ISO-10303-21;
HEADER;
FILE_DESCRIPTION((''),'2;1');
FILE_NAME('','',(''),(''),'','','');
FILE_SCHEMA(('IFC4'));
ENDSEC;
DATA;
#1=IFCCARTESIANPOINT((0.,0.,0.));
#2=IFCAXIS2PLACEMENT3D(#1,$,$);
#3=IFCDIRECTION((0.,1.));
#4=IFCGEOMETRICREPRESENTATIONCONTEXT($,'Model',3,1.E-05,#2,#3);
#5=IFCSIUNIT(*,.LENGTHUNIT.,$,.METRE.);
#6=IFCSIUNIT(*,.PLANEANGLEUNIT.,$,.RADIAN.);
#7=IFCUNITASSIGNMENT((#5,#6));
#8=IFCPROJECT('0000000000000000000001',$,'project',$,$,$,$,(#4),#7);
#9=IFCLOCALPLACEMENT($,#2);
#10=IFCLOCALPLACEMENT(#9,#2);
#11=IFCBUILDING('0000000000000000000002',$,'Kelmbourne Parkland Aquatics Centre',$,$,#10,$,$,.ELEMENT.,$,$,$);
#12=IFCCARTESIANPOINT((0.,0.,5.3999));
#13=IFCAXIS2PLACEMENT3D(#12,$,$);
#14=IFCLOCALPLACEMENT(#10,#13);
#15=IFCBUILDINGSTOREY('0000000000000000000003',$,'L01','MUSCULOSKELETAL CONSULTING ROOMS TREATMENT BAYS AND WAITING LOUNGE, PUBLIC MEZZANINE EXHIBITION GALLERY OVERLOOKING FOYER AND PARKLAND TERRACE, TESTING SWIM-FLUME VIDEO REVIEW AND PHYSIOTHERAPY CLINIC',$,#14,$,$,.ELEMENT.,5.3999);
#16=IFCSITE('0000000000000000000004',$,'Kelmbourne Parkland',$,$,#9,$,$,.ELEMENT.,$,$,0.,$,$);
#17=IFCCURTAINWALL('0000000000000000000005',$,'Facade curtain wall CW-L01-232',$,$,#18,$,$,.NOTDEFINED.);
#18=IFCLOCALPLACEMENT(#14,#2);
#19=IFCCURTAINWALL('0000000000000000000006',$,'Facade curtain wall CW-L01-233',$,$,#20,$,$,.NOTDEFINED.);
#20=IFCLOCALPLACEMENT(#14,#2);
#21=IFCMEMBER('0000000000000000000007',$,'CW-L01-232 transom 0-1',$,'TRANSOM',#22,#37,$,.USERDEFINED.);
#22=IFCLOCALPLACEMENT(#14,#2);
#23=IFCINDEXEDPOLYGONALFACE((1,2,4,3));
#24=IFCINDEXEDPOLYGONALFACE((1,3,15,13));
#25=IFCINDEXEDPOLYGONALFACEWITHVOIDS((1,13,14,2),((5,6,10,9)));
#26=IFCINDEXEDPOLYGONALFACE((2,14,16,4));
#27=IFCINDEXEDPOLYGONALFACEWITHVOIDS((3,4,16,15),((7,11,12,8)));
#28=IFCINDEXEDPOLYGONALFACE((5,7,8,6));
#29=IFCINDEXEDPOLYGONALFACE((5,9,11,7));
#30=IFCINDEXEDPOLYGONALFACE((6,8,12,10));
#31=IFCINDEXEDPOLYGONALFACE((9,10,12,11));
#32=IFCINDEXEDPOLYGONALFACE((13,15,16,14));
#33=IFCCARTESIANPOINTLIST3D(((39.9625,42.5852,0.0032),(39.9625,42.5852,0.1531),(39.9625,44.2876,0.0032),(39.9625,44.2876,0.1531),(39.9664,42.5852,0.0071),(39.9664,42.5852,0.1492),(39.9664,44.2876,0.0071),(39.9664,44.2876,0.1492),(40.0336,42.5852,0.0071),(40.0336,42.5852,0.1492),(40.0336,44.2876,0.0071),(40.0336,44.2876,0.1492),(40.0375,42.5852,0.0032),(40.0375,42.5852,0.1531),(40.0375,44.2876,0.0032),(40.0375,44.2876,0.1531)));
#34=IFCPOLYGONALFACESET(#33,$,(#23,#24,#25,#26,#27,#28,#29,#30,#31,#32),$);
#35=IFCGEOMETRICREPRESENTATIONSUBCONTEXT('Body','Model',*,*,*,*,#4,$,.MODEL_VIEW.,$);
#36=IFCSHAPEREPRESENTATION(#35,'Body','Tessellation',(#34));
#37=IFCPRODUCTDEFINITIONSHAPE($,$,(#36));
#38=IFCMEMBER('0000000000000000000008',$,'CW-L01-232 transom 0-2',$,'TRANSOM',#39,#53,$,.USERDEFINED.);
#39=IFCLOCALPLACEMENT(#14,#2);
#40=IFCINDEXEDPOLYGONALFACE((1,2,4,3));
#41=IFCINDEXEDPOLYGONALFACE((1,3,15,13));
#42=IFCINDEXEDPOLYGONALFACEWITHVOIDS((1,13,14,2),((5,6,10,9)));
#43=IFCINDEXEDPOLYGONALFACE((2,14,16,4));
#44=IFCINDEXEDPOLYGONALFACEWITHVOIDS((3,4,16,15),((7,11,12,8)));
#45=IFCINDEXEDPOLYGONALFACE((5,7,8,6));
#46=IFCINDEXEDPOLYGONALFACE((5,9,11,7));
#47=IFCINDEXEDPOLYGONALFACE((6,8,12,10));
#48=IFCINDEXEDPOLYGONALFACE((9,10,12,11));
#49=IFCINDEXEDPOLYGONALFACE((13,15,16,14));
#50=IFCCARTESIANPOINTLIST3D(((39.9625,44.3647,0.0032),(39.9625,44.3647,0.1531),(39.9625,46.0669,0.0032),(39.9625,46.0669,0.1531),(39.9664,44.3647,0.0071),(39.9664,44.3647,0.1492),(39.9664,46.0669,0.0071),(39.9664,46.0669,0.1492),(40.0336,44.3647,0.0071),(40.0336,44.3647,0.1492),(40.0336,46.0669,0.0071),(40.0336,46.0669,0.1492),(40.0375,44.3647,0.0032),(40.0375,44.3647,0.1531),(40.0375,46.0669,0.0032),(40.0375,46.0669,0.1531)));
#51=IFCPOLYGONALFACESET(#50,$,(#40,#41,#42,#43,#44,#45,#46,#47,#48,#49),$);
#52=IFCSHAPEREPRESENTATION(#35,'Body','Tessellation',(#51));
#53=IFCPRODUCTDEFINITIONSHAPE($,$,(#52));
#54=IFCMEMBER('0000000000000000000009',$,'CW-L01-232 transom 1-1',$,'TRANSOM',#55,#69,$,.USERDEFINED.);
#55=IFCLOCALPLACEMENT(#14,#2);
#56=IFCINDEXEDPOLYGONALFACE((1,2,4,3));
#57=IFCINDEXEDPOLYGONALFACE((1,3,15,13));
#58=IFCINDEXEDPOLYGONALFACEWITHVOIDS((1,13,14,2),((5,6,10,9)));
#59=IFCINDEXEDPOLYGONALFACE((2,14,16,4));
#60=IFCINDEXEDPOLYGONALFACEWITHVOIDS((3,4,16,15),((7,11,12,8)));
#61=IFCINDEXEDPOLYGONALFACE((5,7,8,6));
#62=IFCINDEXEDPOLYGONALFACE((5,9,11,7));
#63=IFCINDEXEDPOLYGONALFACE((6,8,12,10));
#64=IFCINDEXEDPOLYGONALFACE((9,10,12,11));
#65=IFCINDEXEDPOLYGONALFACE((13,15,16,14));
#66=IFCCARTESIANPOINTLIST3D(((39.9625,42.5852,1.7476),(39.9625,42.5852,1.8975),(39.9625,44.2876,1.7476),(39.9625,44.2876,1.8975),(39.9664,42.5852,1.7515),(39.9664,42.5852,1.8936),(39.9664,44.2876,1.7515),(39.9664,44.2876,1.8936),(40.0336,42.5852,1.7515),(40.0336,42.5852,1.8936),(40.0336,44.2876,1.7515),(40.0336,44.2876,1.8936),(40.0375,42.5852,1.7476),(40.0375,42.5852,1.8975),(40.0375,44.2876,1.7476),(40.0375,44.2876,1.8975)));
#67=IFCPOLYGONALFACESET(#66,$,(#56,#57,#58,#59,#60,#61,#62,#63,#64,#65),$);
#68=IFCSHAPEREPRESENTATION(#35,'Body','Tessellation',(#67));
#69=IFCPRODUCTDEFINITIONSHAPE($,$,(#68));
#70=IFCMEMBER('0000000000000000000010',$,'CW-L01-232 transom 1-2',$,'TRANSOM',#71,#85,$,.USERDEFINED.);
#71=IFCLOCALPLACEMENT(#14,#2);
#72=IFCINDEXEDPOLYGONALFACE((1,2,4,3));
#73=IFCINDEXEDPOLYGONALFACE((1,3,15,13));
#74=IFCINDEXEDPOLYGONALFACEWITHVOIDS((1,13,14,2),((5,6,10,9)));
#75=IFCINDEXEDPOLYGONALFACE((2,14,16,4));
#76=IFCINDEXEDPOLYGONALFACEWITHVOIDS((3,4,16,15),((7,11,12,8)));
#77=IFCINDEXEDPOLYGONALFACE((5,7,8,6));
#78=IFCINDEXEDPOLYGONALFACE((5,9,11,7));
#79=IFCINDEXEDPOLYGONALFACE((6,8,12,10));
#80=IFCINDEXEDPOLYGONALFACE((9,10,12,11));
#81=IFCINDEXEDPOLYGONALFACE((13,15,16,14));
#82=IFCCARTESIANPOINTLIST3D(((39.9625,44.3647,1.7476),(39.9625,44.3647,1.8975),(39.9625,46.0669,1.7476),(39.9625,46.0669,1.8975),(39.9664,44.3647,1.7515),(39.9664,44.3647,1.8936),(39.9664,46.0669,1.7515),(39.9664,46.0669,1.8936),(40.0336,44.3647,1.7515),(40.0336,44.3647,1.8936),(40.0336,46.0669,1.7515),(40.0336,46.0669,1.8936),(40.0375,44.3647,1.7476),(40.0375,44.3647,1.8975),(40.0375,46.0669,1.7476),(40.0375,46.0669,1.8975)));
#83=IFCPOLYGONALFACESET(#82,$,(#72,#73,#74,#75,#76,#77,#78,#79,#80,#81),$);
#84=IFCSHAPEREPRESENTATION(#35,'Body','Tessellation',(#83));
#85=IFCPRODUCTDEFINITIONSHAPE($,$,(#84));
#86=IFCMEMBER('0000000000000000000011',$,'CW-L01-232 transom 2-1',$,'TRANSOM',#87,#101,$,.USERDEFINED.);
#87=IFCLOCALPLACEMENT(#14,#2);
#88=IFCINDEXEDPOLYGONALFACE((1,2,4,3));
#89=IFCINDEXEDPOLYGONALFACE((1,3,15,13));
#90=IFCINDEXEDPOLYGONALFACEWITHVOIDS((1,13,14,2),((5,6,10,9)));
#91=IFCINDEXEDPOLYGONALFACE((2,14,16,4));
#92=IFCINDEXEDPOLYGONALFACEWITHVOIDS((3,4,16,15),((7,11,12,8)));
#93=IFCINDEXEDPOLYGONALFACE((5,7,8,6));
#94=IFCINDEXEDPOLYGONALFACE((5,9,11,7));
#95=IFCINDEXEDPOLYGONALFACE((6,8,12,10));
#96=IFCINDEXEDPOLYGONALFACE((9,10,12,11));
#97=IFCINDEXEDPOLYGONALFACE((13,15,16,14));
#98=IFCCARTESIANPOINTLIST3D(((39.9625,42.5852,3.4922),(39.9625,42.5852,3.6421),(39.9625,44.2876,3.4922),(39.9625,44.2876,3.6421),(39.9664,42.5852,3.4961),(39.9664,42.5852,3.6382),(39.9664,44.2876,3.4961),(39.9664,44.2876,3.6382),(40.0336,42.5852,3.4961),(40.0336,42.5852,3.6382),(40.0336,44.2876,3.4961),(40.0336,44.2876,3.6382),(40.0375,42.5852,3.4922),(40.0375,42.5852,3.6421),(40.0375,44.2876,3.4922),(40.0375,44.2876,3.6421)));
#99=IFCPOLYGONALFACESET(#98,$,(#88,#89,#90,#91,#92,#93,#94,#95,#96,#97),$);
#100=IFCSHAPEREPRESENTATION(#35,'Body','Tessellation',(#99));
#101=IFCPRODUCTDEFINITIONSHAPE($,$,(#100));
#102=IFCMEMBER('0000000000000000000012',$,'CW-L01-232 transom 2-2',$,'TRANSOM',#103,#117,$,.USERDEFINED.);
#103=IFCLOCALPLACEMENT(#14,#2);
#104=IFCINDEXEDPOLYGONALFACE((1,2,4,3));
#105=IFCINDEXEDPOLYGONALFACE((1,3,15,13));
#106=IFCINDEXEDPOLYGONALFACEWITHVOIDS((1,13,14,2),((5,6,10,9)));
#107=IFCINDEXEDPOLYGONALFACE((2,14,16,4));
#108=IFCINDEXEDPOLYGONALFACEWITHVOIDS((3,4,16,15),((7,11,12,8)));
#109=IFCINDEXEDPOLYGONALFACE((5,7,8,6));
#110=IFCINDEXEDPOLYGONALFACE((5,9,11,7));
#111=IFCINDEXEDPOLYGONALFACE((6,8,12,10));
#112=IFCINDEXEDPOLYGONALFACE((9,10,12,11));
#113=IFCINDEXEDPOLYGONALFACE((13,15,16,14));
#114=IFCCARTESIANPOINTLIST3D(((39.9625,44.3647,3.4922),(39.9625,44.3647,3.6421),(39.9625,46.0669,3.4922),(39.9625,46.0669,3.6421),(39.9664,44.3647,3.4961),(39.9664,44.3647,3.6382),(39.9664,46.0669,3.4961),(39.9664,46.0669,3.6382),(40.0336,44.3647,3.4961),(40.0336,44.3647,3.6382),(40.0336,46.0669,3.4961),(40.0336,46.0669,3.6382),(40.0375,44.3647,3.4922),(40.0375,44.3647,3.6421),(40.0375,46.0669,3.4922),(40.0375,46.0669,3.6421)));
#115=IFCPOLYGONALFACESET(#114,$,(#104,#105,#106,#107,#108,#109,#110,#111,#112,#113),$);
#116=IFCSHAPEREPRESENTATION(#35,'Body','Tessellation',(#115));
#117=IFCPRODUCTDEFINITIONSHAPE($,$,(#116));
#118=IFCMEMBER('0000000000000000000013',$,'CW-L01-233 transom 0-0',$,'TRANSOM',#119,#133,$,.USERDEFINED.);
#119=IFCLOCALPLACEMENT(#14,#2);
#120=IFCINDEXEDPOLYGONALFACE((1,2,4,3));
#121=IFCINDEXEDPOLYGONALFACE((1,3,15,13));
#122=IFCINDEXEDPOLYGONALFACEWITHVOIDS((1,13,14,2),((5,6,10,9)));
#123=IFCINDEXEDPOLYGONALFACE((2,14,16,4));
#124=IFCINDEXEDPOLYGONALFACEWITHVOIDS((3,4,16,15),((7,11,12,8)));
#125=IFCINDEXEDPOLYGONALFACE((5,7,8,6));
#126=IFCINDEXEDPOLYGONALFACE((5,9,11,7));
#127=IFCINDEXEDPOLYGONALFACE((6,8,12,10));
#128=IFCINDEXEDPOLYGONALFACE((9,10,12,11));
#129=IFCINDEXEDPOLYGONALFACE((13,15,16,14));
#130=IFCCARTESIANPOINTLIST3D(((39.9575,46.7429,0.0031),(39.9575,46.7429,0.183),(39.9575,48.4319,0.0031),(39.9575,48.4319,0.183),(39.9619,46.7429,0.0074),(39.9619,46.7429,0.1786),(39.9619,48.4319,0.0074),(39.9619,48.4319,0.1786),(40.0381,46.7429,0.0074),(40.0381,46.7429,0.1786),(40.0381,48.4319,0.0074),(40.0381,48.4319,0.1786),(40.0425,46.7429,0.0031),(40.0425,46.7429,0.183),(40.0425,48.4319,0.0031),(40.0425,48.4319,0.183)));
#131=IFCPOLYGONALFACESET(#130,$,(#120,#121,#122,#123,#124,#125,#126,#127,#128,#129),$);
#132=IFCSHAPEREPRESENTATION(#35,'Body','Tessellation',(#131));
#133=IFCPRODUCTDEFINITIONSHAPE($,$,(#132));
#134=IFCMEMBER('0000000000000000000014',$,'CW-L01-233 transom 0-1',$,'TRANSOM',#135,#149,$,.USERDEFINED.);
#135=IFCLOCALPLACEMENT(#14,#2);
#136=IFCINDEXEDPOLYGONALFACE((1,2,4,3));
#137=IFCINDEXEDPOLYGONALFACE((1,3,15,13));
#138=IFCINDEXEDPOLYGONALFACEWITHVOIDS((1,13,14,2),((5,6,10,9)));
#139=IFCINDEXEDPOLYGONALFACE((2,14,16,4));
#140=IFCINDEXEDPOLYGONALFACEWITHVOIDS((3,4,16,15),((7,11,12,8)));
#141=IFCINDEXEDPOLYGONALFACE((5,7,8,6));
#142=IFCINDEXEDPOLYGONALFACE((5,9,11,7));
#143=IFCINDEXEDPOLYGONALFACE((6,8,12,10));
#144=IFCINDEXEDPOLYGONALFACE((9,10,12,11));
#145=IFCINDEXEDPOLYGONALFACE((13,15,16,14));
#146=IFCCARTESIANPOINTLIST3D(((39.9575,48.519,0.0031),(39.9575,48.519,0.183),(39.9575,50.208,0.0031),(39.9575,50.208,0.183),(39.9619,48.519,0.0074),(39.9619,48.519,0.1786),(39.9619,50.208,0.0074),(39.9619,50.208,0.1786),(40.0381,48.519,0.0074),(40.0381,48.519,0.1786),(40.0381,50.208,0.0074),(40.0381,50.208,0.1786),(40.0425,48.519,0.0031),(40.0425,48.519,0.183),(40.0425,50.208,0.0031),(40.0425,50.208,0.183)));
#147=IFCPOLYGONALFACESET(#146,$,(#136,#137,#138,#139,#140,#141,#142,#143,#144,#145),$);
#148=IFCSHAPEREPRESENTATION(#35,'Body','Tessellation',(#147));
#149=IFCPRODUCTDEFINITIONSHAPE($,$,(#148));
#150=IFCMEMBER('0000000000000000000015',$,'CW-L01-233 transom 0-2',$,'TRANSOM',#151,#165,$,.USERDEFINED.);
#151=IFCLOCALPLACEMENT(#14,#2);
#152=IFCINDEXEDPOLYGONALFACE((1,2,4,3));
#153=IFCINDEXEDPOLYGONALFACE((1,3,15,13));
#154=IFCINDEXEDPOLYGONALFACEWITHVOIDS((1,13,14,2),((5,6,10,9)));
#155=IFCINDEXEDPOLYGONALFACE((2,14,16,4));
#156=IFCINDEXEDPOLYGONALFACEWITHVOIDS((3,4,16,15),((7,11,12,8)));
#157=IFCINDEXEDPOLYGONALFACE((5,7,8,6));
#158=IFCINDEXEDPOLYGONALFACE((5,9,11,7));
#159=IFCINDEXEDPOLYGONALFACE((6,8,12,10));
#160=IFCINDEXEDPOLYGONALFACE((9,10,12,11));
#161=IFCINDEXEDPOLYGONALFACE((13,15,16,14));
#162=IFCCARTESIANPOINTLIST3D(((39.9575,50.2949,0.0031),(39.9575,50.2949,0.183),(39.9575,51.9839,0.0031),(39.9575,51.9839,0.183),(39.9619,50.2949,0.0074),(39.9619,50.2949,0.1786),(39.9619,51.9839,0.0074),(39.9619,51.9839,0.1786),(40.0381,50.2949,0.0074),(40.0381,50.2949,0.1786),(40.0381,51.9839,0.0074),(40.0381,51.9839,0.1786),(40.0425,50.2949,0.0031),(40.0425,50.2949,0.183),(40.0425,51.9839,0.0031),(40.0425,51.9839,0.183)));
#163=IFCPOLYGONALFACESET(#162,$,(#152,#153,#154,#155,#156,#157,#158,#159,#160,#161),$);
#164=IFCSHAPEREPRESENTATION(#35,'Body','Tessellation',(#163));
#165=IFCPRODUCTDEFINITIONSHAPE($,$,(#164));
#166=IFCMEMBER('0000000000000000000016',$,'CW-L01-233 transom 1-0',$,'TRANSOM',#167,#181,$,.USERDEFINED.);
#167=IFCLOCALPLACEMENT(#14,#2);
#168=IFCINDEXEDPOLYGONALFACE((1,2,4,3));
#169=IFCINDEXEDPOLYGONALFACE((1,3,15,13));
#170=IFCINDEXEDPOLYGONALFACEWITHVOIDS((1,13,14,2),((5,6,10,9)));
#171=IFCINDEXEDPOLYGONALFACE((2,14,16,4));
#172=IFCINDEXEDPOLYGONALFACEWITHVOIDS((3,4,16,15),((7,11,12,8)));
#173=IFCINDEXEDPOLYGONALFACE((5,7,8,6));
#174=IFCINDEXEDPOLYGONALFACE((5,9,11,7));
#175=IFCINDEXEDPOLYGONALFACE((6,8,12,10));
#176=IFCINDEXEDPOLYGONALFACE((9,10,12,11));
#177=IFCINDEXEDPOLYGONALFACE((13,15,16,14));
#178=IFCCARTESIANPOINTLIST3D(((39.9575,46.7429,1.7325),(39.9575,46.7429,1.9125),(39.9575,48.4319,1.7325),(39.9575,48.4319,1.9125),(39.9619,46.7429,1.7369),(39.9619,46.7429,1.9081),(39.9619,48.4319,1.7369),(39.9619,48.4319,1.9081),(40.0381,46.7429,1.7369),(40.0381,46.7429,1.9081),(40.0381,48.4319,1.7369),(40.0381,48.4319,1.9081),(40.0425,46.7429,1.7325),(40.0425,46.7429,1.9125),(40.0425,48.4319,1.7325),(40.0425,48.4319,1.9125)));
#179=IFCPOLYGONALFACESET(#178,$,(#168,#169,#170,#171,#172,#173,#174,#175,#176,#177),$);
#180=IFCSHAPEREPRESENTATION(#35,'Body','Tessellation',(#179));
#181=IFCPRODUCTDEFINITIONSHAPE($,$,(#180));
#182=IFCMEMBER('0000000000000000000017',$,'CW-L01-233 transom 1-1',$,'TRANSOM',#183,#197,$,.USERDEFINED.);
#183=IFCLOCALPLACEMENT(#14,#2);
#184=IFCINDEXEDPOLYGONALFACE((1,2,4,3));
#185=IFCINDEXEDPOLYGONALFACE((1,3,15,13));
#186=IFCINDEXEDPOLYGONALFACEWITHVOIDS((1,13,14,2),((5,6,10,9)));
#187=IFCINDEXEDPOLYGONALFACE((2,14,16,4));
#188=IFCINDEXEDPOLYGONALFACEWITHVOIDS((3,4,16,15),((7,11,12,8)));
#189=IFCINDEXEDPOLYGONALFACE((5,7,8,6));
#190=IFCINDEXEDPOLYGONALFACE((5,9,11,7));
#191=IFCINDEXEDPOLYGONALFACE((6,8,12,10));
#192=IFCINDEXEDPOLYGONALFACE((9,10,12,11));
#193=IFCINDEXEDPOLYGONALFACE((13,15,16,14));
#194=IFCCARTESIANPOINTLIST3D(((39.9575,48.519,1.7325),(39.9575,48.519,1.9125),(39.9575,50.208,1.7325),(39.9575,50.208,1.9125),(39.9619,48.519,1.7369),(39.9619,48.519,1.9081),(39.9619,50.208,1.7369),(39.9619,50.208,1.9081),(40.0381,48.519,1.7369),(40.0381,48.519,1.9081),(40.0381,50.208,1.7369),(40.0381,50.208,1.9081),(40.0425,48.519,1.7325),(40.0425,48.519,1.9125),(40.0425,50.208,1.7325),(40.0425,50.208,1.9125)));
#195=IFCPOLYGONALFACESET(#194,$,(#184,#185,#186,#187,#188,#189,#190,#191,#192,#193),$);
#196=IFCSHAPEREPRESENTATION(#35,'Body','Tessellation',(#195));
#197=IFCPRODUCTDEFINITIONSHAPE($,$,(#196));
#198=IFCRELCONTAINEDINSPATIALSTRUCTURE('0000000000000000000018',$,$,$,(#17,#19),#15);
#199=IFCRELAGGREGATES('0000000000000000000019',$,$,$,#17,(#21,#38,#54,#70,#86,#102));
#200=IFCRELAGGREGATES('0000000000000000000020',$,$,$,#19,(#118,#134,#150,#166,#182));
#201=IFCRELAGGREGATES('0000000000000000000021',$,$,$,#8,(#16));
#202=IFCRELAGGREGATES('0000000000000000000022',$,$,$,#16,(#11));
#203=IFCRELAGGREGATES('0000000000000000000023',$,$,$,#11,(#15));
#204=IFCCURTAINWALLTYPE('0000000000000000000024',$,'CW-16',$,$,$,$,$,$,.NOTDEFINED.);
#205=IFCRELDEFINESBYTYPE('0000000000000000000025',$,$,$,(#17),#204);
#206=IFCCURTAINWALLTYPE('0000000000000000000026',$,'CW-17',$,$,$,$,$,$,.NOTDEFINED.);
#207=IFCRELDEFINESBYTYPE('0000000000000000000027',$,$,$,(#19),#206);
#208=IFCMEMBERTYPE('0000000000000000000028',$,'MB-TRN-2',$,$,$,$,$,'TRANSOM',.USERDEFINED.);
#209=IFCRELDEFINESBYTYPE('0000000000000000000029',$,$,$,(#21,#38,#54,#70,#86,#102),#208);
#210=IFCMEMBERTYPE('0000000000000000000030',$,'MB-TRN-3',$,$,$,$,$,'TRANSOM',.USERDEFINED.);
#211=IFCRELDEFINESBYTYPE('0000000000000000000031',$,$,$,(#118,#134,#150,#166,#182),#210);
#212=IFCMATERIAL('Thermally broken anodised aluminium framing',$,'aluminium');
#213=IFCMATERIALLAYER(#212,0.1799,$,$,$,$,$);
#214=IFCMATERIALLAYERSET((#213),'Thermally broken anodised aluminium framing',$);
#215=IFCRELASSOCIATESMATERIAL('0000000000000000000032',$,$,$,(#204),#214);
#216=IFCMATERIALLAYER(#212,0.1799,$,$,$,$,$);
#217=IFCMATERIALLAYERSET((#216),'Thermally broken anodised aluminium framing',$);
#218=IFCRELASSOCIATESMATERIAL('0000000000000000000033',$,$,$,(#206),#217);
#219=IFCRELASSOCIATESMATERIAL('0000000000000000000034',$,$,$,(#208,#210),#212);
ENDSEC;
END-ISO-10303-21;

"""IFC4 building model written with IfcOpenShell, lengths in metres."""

from ifc_helpers import new_model, si_unit, direction, frame, origin, origin_2d, place, context, subcontext, project, spatial, hollow_rectangle, extrude, material, layer, layer_set, material_profile, profile_set, type_object, element, aggregate, save


model = new_model("IFC4")

# Units and contexts
model_context = context("Model", 3, precision=1e-05, world=origin(), true_north=direction((0.0, 1.0)))
body_context = subcontext(model_context, "Body", "Model", "MODEL_VIEW")
ifc_project = project(units=[si_unit("LENGTHUNIT", "METRE"), si_unit("PLANEANGLEUNIT", "RADIAN")], contexts=[model_context])

# Site, building, storey
site_placement = place(None, origin())
site = spatial("IfcSite", under=ifc_project, at=site_placement, Name="Kelmbourne Parkland", CompositionType="ELEMENT", RefElevation=0.0)
building_placement = place(site_placement, origin())
building = spatial("IfcBuilding", under=site, at=building_placement, Name="Kelmbourne Parkland Aquatics Centre", CompositionType="ELEMENT")
storey_placement = place(building_placement, frame((0.0, 0.0, 5.3999)))
storey = spatial("IfcBuildingStorey", under=building, at=storey_placement, Name="L01", Description="MUSCULOSKELETAL CONSULTING ROOMS TREATMENT BAYS AND WAITING LOUNGE, PUBLIC MEZZANINE EXHIBITION GALLERY OVERLOOKING FOYER AND PARKLAND TERRACE, TESTING SWIM-FLUME VIDEO REVIEW AND PHYSIOTHERAPY CLINIC", CompositionType="ELEMENT", Elevation=5.3999)

# Curtain walls
ifc_material_1 = material(Name="Thermally broken anodised aluminium framing", Category="aluminium")
ifc_layer_1 = layer(ifc_material_1, 0.1799)
ifc_layer_set_1 = layer_set([ifc_layer_1], Name="Thermally broken anodised aluminium framing")
curtain_wall_type_1 = type_object("IfcCurtainWallType", Name="CW-16", PredefinedType="NOTDEFINED", material=ifc_layer_set_1)
curtain_wall_1_placement = place(storey_placement, origin())
curtain_wall_1 = element("IfcCurtainWall", 1, at=curtain_wall_1_placement, inside=storey, type_object=curtain_wall_type_1, Name="Facade curtain wall CW-L01-232", PredefinedType="NOTDEFINED")
ifc_layer_2 = layer(ifc_material_1, 0.1799)
ifc_layer_set_2 = layer_set([ifc_layer_2], Name="Thermally broken anodised aluminium framing")
curtain_wall_type_2 = type_object("IfcCurtainWallType", Name="CW-17", PredefinedType="NOTDEFINED", material=ifc_layer_set_2)
curtain_wall_2_placement = place(storey_placement, origin())
curtain_wall_2 = element("IfcCurtainWall", 2, at=curtain_wall_2_placement, inside=storey, type_object=curtain_wall_type_2, Name="Facade curtain wall CW-L01-233", PredefinedType="NOTDEFINED")

# Members
ifc_material_profile_1 = material_profile(ifc_material_1, hollow_rectangle(XDim=0.075, YDim=0.1499, WallThickness=0.0039, at=origin_2d()), Name="CW-T 75x150")
ifc_profile_set_1 = profile_set([ifc_material_profile_1], Name="Thermally broken anodised aluminium framing")
member_type_1 = type_object("IfcMemberType", Name="MB-TRN-2", ElementType="TRANSOM", PredefinedType="USERDEFINED", material=ifc_profile_set_1)
member_1_placement = place(storey_placement, frame((40.0, 42.5852, 0.0781), z_axis=(0.0, 1.0, 0.0), x_axis=(-1.0, 0.0, 0.0)))
member_1 = element("IfcMember", 3, at=member_1_placement, type_object=member_type_1, Name="CW-L01-232 transom 0-1", ObjectType="TRANSOM", PredefinedType="USERDEFINED", context=body_context, shape_type="SweptSolid", body=[
    extrude(hollow_rectangle(XDim=0.075, YDim=0.1499, WallThickness=0.0039, at=origin_2d()), origin(), (0.0, 0.0, 1.0), 1.7024),
])
member_2_placement = place(storey_placement, frame((40.0, 44.3647, 0.0781), z_axis=(0.0, 1.0, 0.0), x_axis=(-1.0, 0.0, 0.0)))
member_2 = element("IfcMember", 4, at=member_2_placement, type_object=member_type_1, Name="CW-L01-232 transom 0-2", ObjectType="TRANSOM", PredefinedType="USERDEFINED", context=body_context, shape_type="SweptSolid", body=[
    extrude(hollow_rectangle(XDim=0.075, YDim=0.1499, WallThickness=0.0039, at=origin_2d()), origin(), (0.0, 0.0, 1.0), 1.7021),
])
member_3_placement = place(storey_placement, frame((40.0, 42.5852, 1.8225), z_axis=(0.0, 1.0, 0.0), x_axis=(-1.0, 0.0, 0.0)))
member_3 = element("IfcMember", 5, at=member_3_placement, type_object=member_type_1, Name="CW-L01-232 transom 1-1", ObjectType="TRANSOM", PredefinedType="USERDEFINED", context=body_context, shape_type="SweptSolid", body=[
    extrude(hollow_rectangle(XDim=0.075, YDim=0.1499, WallThickness=0.0039, at=origin_2d()), origin(), (0.0, 0.0, 1.0), 1.7024),
])
member_4_placement = place(storey_placement, frame((40.0, 44.3647, 1.8225), z_axis=(0.0, 1.0, 0.0), x_axis=(-1.0, 0.0, 0.0)))
member_4 = element("IfcMember", 6, at=member_4_placement, type_object=member_type_1, Name="CW-L01-232 transom 1-2", ObjectType="TRANSOM", PredefinedType="USERDEFINED", context=body_context, shape_type="SweptSolid", body=[
    extrude(hollow_rectangle(XDim=0.075, YDim=0.1499, WallThickness=0.0039, at=origin_2d()), origin(), (0.0, 0.0, 1.0), 1.7021),
])
member_5_placement = place(storey_placement, frame((40.0, 42.5852, 3.5671), z_axis=(0.0, 1.0, 0.0), x_axis=(-1.0, 0.0, 0.0)))
member_5 = element("IfcMember", 7, at=member_5_placement, type_object=member_type_1, Name="CW-L01-232 transom 2-1", ObjectType="TRANSOM", PredefinedType="USERDEFINED", context=body_context, shape_type="SweptSolid", body=[
    extrude(hollow_rectangle(XDim=0.075, YDim=0.1499, WallThickness=0.0039, at=origin_2d()), origin(), (0.0, 0.0, 1.0), 1.7024),
])
member_6_placement = place(storey_placement, frame((40.0, 44.3647, 3.5671), z_axis=(0.0, 1.0, 0.0), x_axis=(-1.0, 0.0, 0.0)))
member_6 = element("IfcMember", 8, at=member_6_placement, type_object=member_type_1, Name="CW-L01-232 transom 2-2", ObjectType="TRANSOM", PredefinedType="USERDEFINED", context=body_context, shape_type="SweptSolid", body=[
    extrude(hollow_rectangle(XDim=0.075, YDim=0.1499, WallThickness=0.0039, at=origin_2d()), origin(), (0.0, 0.0, 1.0), 1.7021),
])
ifc_material_profile_2 = material_profile(ifc_material_1, hollow_rectangle(XDim=0.085, YDim=0.1799, WallThickness=0.0044, at=origin_2d()), Name="CW-T 85x180")
ifc_profile_set_2 = profile_set([ifc_material_profile_2], Name="Thermally broken anodised aluminium framing")
member_type_2 = type_object("IfcMemberType", Name="MB-TRN-3", ElementType="TRANSOM", PredefinedType="USERDEFINED", material=ifc_profile_set_2)
member_7_placement = place(storey_placement, frame((40.0, 46.7429, 0.093), z_axis=(0.0, 1.0, 0.0), x_axis=(-1.0, 0.0, 0.0)))
member_7 = element("IfcMember", 9, at=member_7_placement, type_object=member_type_2, Name="CW-L01-233 transom 0-0", ObjectType="TRANSOM", PredefinedType="USERDEFINED", context=body_context, shape_type="SweptSolid", body=[
    extrude(hollow_rectangle(XDim=0.085, YDim=0.1799, WallThickness=0.0044, at=origin_2d()), origin(), (0.0, 0.0, 1.0), 1.689),
])
member_8_placement = place(storey_placement, frame((40.0, 48.519, 0.093), z_axis=(0.0, 1.0, 0.0), x_axis=(-1.0, 0.0, 0.0)))
member_8 = element("IfcMember", 10, at=member_8_placement, type_object=member_type_2, Name="CW-L01-233 transom 0-1", ObjectType="TRANSOM", PredefinedType="USERDEFINED", context=body_context, shape_type="SweptSolid", body=[
    extrude(hollow_rectangle(XDim=0.085, YDim=0.1799, WallThickness=0.0044, at=origin_2d()), origin(), (0.0, 0.0, 1.0), 1.689),
])
member_9_placement = place(storey_placement, frame((40.0, 50.2949, 0.093), z_axis=(0.0, 1.0, 0.0), x_axis=(-1.0, 0.0, 0.0)))
member_9 = element("IfcMember", 11, at=member_9_placement, type_object=member_type_2, Name="CW-L01-233 transom 0-2", ObjectType="TRANSOM", PredefinedType="USERDEFINED", context=body_context, shape_type="SweptSolid", body=[
    extrude(hollow_rectangle(XDim=0.085, YDim=0.1799, WallThickness=0.0044, at=origin_2d()), origin(), (0.0, 0.0, 1.0), 1.689),
])
member_10_placement = place(storey_placement, frame((40.0, 46.7429, 1.8225), z_axis=(0.0, 1.0, 0.0), x_axis=(-1.0, 0.0, 0.0)))
member_10 = element("IfcMember", 12, at=member_10_placement, type_object=member_type_2, Name="CW-L01-233 transom 1-0", ObjectType="TRANSOM", PredefinedType="USERDEFINED", context=body_context, shape_type="SweptSolid", body=[
    extrude(hollow_rectangle(XDim=0.085, YDim=0.1799, WallThickness=0.0044, at=origin_2d()), origin(), (0.0, 0.0, 1.0), 1.689),
])
member_11_placement = place(storey_placement, frame((40.0, 48.519, 1.8225), z_axis=(0.0, 1.0, 0.0), x_axis=(-1.0, 0.0, 0.0)))
member_11 = element("IfcMember", 13, at=member_11_placement, type_object=member_type_2, Name="CW-L01-233 transom 1-1", ObjectType="TRANSOM", PredefinedType="USERDEFINED", context=body_context, shape_type="SweptSolid", body=[
    extrude(hollow_rectangle(XDim=0.085, YDim=0.1799, WallThickness=0.0044, at=origin_2d()), origin(), (0.0, 0.0, 1.0), 1.689),
])

aggregate(curtain_wall_1, [member_1, member_2, member_3, member_4, member_5, member_6])
aggregate(curtain_wall_2, [member_7, member_8, member_9, member_10, member_11])

save(model, "model.ifc")
